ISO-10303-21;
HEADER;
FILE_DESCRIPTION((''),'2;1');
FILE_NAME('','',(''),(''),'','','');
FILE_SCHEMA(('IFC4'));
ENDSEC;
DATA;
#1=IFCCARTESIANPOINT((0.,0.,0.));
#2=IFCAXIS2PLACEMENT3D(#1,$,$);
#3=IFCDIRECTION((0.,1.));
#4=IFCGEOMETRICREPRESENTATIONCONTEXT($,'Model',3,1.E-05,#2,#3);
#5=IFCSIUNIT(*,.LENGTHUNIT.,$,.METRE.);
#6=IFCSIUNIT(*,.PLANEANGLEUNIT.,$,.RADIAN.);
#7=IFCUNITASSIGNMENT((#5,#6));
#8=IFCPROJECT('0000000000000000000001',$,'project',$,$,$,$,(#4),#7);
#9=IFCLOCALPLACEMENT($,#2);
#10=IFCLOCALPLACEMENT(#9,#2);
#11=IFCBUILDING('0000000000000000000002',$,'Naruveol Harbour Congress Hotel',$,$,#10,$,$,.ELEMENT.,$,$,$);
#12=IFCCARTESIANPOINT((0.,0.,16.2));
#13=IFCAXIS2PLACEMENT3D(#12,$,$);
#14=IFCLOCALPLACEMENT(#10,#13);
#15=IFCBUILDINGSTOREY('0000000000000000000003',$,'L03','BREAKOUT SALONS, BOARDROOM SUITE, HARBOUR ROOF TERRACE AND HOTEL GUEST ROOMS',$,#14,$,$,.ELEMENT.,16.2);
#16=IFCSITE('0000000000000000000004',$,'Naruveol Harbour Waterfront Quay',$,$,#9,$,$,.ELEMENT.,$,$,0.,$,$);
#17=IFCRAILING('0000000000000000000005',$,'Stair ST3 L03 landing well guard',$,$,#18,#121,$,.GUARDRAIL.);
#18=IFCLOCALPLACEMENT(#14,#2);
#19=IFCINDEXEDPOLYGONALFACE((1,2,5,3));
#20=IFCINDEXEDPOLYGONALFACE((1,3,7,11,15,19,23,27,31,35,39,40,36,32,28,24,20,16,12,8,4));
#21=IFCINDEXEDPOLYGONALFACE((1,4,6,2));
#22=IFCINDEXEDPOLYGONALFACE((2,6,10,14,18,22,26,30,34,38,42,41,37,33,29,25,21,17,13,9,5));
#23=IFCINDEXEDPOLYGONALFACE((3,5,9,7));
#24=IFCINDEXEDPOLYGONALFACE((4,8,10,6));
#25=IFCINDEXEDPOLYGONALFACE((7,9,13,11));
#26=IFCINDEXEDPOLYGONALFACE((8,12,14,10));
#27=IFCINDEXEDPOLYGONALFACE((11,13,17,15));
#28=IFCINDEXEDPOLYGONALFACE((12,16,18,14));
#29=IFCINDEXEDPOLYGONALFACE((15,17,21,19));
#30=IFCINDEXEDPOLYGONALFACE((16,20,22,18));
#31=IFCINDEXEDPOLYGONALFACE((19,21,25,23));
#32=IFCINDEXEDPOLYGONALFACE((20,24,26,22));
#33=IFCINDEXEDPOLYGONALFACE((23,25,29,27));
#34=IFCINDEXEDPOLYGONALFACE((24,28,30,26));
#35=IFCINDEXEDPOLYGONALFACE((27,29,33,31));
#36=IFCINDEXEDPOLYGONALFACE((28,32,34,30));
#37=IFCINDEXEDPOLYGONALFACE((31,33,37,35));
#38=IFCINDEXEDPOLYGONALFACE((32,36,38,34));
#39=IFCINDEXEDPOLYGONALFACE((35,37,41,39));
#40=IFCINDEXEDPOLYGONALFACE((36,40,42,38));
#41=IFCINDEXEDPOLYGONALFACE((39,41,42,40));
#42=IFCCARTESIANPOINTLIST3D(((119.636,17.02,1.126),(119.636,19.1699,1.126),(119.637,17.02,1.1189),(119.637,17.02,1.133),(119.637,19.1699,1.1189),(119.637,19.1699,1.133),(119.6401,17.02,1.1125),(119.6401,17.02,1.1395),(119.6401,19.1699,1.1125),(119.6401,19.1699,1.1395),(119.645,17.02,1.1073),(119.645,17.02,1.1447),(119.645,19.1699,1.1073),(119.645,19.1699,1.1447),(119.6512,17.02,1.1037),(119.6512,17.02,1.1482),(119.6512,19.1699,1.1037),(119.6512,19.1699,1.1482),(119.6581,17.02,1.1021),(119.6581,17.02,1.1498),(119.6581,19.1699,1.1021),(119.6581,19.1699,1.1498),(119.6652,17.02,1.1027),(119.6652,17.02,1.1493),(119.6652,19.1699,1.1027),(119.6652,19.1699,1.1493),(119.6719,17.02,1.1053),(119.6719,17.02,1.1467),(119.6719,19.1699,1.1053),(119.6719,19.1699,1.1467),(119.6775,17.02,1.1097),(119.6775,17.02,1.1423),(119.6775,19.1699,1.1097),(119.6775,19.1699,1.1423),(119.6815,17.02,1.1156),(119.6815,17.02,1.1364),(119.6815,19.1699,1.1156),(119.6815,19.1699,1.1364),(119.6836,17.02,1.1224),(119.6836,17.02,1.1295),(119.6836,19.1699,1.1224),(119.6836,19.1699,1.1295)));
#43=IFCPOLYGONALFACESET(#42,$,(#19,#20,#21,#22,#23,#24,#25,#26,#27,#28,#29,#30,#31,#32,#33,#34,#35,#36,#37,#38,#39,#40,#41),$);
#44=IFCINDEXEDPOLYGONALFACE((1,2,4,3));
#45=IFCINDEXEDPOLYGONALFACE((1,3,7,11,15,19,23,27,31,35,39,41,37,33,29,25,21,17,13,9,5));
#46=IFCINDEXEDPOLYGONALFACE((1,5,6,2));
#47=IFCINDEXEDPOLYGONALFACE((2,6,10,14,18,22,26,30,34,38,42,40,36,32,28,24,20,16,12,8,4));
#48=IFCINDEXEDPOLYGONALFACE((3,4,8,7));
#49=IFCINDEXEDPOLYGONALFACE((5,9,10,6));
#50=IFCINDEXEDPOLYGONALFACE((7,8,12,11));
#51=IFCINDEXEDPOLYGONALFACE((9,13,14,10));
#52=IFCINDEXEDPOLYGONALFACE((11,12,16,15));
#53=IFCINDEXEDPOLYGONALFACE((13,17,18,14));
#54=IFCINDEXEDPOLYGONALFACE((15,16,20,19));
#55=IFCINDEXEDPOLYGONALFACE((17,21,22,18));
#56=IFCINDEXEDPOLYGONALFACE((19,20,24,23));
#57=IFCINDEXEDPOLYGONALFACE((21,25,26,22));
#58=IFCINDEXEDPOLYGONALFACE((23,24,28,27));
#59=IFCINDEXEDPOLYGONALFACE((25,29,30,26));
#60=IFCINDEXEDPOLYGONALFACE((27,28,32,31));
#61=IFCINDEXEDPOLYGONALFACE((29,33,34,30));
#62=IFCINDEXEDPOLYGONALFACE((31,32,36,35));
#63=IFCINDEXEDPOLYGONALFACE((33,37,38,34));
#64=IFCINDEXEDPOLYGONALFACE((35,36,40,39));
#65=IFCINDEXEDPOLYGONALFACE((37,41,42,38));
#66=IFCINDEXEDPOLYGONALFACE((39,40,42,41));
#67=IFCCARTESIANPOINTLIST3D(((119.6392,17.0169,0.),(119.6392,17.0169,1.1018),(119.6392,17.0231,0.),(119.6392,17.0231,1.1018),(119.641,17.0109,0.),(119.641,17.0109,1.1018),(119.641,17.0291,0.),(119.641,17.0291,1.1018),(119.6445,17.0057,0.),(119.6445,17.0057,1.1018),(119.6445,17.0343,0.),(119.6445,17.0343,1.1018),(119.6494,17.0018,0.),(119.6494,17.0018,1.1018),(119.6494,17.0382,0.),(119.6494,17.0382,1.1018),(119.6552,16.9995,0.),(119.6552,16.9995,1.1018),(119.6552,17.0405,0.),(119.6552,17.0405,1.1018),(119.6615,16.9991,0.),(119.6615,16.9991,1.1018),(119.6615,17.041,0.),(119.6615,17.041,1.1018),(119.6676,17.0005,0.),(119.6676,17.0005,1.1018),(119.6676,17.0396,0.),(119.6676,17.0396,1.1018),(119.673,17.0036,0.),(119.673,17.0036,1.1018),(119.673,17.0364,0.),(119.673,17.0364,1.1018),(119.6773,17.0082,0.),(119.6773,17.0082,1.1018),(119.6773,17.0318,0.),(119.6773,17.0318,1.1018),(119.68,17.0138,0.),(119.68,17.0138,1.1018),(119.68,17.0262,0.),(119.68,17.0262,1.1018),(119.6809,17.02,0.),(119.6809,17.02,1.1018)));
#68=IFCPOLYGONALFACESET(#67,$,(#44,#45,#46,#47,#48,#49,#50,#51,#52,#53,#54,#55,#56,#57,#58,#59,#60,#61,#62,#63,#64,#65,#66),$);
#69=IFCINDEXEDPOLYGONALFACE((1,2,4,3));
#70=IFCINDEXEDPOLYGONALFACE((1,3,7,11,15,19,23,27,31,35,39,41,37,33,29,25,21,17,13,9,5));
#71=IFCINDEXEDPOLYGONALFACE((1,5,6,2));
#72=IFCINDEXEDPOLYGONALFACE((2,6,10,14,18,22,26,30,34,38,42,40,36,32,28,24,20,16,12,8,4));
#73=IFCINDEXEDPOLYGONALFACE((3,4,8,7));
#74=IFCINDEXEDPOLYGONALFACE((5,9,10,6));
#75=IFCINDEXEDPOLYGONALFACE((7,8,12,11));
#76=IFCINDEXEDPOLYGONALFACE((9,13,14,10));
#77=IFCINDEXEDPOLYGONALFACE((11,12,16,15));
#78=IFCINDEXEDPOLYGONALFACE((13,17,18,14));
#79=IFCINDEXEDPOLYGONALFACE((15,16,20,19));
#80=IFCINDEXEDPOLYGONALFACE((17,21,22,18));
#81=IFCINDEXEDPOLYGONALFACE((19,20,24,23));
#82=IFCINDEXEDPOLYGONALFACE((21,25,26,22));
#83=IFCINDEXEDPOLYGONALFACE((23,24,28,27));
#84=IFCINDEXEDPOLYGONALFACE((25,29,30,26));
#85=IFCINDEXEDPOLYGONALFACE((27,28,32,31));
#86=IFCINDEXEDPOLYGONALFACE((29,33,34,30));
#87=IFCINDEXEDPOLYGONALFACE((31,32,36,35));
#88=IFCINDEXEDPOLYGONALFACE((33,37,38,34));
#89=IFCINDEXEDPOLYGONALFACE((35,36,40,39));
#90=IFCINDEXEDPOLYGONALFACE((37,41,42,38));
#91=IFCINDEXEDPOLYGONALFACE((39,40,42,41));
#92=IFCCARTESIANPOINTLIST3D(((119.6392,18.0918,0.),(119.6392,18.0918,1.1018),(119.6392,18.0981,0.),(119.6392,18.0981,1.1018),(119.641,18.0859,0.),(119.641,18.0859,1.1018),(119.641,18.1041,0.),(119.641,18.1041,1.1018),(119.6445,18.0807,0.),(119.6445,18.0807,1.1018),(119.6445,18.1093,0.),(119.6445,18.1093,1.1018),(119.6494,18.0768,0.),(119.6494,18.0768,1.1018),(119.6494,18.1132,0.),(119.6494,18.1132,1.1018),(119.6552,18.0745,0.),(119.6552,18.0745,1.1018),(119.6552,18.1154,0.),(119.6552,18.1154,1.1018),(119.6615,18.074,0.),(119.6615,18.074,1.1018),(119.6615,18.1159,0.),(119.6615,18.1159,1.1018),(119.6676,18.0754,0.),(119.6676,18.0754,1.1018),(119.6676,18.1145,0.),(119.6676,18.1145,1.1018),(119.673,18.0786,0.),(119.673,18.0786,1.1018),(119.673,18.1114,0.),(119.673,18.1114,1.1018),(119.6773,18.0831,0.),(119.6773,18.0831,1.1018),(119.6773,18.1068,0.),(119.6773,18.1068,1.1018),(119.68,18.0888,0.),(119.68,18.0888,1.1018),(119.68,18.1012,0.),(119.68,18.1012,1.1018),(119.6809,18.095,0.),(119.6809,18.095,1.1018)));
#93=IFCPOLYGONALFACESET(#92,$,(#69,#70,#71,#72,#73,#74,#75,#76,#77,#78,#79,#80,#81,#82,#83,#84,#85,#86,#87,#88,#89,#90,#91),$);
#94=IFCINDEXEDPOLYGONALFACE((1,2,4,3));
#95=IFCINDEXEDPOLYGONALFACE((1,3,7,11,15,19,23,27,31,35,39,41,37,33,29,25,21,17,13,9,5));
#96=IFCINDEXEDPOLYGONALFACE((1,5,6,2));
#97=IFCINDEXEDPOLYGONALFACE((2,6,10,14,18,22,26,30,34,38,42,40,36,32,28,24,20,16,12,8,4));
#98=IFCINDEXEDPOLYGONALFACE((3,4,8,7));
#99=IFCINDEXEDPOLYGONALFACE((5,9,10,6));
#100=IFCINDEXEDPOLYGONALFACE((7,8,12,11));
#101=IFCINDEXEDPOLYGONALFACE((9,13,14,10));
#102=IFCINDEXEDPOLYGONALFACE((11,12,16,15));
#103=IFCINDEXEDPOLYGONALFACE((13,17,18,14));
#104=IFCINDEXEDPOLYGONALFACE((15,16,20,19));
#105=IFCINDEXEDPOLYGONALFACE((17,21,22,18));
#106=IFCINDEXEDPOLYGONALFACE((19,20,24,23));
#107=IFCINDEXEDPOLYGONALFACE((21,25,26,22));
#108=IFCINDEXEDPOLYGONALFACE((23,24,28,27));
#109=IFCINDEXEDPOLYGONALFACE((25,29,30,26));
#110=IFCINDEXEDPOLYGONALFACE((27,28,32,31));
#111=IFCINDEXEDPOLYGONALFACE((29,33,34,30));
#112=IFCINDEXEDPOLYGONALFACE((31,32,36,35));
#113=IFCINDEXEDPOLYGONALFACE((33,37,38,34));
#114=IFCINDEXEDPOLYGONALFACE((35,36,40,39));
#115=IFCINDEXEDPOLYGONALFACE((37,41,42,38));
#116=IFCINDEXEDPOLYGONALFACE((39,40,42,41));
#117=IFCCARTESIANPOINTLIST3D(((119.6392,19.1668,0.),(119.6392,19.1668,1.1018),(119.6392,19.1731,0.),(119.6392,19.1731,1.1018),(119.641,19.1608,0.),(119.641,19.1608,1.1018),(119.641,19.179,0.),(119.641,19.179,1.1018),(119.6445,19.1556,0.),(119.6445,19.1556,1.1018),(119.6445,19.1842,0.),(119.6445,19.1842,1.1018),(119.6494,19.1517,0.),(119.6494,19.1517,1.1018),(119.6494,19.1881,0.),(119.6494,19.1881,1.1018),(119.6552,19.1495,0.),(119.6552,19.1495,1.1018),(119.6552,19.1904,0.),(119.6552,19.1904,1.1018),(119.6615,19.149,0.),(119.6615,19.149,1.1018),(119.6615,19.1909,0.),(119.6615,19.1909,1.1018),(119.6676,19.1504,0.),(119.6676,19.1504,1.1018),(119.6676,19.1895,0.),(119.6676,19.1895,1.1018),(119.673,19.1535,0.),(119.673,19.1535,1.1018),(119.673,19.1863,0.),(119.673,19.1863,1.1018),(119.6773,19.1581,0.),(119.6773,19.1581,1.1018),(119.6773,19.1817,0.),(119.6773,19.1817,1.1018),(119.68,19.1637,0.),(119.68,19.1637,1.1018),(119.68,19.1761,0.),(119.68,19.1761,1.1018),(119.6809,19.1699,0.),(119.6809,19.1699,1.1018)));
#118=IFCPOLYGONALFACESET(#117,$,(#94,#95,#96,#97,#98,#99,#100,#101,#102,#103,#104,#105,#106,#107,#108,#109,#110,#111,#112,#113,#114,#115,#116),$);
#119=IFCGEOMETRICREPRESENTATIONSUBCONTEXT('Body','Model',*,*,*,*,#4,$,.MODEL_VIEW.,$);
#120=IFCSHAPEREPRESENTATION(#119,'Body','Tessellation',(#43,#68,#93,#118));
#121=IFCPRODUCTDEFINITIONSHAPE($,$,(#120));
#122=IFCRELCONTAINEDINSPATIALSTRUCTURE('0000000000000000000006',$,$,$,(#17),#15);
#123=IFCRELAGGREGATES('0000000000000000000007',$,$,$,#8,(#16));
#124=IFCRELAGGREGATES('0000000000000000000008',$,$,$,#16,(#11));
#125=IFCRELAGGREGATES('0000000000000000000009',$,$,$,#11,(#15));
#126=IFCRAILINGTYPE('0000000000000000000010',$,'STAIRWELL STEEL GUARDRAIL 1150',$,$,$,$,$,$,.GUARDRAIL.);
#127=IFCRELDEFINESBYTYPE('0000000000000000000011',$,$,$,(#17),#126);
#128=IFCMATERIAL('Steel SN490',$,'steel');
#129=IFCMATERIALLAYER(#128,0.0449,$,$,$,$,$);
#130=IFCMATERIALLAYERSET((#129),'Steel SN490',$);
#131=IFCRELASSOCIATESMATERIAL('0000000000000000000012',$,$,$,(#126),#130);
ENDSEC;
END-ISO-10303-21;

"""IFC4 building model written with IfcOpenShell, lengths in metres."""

from ifc_helpers import new_model, si_unit, direction, frame, origin, origin_2d, place, context, subcontext, project, spatial, circle, extrude, material, layer, layer_set, type_object, element, save


model = new_model("IFC4")

# Units and contexts
model_context = context("Model", 3, precision=1e-05, world=origin(), true_north=direction((0.0, 1.0)))
body_context = subcontext(model_context, "Body", "Model", "MODEL_VIEW")
ifc_project = project(units=[si_unit("LENGTHUNIT", "METRE"), si_unit("PLANEANGLEUNIT", "RADIAN")], contexts=[model_context])

# Site, building, storey
site_placement = place(None, origin())
site = spatial("IfcSite", under=ifc_project, at=site_placement, Name="Naruveol Harbour Waterfront Quay", CompositionType="ELEMENT", RefElevation=0.0)
building_placement = place(site_placement, origin())
building = spatial("IfcBuilding", under=site, at=building_placement, Name="Naruveol Harbour Congress Hotel", CompositionType="ELEMENT")
storey_placement = place(building_placement, frame((0.0, 0.0, 16.2)))
storey = spatial("IfcBuildingStorey", under=building, at=storey_placement, Name="L03", Description="BREAKOUT SALONS, BOARDROOM SUITE, HARBOUR ROOF TERRACE AND HOTEL GUEST ROOMS", CompositionType="ELEMENT", Elevation=16.2)

# Railing
ifc_material_1 = material(Name="Steel SN490", Category="steel")
ifc_layer_1 = layer(ifc_material_1, 0.0449)
ifc_layer_set_1 = layer_set([ifc_layer_1], Name="Steel SN490")
railing_type_1 = type_object("IfcRailingType", Name="STAIRWELL STEEL GUARDRAIL 1150", PredefinedType="GUARDRAIL", material=ifc_layer_set_1)
railing_1_placement = place(storey_placement, frame((119.6599, 17.02, 0.0)))
element("IfcRailing", 1, at=railing_1_placement, inside=storey, type_object=railing_type_1, Name="Stair ST3 L03 landing well guard", PredefinedType="GUARDRAIL", context=body_context, shape_type="SweptSolid", body=[
    extrude(circle(Radius=0.0239, at=origin_2d()), frame((0.0, 0.0, 1.126), z_axis=(0.0, 1.0, 0.0), x_axis=(-1.0, 0.0, 0.0)), (0.0, 0.0, 1.0), 2.1499),
    extrude(circle(Radius=0.021, at=origin_2d()), origin(), (0.0, 0.0, 1.0), 1.1018),
    extrude(circle(Radius=0.021, at=origin_2d()), frame((0.0, 1.075, 0.0)), (0.0, 0.0, 1.0), 1.1018),
    extrude(circle(Radius=0.021, at=origin_2d()), frame((0.0, 2.1499, 0.0)), (0.0, 0.0, 1.0), 1.1018),
])

save(model, "model.ifc")
